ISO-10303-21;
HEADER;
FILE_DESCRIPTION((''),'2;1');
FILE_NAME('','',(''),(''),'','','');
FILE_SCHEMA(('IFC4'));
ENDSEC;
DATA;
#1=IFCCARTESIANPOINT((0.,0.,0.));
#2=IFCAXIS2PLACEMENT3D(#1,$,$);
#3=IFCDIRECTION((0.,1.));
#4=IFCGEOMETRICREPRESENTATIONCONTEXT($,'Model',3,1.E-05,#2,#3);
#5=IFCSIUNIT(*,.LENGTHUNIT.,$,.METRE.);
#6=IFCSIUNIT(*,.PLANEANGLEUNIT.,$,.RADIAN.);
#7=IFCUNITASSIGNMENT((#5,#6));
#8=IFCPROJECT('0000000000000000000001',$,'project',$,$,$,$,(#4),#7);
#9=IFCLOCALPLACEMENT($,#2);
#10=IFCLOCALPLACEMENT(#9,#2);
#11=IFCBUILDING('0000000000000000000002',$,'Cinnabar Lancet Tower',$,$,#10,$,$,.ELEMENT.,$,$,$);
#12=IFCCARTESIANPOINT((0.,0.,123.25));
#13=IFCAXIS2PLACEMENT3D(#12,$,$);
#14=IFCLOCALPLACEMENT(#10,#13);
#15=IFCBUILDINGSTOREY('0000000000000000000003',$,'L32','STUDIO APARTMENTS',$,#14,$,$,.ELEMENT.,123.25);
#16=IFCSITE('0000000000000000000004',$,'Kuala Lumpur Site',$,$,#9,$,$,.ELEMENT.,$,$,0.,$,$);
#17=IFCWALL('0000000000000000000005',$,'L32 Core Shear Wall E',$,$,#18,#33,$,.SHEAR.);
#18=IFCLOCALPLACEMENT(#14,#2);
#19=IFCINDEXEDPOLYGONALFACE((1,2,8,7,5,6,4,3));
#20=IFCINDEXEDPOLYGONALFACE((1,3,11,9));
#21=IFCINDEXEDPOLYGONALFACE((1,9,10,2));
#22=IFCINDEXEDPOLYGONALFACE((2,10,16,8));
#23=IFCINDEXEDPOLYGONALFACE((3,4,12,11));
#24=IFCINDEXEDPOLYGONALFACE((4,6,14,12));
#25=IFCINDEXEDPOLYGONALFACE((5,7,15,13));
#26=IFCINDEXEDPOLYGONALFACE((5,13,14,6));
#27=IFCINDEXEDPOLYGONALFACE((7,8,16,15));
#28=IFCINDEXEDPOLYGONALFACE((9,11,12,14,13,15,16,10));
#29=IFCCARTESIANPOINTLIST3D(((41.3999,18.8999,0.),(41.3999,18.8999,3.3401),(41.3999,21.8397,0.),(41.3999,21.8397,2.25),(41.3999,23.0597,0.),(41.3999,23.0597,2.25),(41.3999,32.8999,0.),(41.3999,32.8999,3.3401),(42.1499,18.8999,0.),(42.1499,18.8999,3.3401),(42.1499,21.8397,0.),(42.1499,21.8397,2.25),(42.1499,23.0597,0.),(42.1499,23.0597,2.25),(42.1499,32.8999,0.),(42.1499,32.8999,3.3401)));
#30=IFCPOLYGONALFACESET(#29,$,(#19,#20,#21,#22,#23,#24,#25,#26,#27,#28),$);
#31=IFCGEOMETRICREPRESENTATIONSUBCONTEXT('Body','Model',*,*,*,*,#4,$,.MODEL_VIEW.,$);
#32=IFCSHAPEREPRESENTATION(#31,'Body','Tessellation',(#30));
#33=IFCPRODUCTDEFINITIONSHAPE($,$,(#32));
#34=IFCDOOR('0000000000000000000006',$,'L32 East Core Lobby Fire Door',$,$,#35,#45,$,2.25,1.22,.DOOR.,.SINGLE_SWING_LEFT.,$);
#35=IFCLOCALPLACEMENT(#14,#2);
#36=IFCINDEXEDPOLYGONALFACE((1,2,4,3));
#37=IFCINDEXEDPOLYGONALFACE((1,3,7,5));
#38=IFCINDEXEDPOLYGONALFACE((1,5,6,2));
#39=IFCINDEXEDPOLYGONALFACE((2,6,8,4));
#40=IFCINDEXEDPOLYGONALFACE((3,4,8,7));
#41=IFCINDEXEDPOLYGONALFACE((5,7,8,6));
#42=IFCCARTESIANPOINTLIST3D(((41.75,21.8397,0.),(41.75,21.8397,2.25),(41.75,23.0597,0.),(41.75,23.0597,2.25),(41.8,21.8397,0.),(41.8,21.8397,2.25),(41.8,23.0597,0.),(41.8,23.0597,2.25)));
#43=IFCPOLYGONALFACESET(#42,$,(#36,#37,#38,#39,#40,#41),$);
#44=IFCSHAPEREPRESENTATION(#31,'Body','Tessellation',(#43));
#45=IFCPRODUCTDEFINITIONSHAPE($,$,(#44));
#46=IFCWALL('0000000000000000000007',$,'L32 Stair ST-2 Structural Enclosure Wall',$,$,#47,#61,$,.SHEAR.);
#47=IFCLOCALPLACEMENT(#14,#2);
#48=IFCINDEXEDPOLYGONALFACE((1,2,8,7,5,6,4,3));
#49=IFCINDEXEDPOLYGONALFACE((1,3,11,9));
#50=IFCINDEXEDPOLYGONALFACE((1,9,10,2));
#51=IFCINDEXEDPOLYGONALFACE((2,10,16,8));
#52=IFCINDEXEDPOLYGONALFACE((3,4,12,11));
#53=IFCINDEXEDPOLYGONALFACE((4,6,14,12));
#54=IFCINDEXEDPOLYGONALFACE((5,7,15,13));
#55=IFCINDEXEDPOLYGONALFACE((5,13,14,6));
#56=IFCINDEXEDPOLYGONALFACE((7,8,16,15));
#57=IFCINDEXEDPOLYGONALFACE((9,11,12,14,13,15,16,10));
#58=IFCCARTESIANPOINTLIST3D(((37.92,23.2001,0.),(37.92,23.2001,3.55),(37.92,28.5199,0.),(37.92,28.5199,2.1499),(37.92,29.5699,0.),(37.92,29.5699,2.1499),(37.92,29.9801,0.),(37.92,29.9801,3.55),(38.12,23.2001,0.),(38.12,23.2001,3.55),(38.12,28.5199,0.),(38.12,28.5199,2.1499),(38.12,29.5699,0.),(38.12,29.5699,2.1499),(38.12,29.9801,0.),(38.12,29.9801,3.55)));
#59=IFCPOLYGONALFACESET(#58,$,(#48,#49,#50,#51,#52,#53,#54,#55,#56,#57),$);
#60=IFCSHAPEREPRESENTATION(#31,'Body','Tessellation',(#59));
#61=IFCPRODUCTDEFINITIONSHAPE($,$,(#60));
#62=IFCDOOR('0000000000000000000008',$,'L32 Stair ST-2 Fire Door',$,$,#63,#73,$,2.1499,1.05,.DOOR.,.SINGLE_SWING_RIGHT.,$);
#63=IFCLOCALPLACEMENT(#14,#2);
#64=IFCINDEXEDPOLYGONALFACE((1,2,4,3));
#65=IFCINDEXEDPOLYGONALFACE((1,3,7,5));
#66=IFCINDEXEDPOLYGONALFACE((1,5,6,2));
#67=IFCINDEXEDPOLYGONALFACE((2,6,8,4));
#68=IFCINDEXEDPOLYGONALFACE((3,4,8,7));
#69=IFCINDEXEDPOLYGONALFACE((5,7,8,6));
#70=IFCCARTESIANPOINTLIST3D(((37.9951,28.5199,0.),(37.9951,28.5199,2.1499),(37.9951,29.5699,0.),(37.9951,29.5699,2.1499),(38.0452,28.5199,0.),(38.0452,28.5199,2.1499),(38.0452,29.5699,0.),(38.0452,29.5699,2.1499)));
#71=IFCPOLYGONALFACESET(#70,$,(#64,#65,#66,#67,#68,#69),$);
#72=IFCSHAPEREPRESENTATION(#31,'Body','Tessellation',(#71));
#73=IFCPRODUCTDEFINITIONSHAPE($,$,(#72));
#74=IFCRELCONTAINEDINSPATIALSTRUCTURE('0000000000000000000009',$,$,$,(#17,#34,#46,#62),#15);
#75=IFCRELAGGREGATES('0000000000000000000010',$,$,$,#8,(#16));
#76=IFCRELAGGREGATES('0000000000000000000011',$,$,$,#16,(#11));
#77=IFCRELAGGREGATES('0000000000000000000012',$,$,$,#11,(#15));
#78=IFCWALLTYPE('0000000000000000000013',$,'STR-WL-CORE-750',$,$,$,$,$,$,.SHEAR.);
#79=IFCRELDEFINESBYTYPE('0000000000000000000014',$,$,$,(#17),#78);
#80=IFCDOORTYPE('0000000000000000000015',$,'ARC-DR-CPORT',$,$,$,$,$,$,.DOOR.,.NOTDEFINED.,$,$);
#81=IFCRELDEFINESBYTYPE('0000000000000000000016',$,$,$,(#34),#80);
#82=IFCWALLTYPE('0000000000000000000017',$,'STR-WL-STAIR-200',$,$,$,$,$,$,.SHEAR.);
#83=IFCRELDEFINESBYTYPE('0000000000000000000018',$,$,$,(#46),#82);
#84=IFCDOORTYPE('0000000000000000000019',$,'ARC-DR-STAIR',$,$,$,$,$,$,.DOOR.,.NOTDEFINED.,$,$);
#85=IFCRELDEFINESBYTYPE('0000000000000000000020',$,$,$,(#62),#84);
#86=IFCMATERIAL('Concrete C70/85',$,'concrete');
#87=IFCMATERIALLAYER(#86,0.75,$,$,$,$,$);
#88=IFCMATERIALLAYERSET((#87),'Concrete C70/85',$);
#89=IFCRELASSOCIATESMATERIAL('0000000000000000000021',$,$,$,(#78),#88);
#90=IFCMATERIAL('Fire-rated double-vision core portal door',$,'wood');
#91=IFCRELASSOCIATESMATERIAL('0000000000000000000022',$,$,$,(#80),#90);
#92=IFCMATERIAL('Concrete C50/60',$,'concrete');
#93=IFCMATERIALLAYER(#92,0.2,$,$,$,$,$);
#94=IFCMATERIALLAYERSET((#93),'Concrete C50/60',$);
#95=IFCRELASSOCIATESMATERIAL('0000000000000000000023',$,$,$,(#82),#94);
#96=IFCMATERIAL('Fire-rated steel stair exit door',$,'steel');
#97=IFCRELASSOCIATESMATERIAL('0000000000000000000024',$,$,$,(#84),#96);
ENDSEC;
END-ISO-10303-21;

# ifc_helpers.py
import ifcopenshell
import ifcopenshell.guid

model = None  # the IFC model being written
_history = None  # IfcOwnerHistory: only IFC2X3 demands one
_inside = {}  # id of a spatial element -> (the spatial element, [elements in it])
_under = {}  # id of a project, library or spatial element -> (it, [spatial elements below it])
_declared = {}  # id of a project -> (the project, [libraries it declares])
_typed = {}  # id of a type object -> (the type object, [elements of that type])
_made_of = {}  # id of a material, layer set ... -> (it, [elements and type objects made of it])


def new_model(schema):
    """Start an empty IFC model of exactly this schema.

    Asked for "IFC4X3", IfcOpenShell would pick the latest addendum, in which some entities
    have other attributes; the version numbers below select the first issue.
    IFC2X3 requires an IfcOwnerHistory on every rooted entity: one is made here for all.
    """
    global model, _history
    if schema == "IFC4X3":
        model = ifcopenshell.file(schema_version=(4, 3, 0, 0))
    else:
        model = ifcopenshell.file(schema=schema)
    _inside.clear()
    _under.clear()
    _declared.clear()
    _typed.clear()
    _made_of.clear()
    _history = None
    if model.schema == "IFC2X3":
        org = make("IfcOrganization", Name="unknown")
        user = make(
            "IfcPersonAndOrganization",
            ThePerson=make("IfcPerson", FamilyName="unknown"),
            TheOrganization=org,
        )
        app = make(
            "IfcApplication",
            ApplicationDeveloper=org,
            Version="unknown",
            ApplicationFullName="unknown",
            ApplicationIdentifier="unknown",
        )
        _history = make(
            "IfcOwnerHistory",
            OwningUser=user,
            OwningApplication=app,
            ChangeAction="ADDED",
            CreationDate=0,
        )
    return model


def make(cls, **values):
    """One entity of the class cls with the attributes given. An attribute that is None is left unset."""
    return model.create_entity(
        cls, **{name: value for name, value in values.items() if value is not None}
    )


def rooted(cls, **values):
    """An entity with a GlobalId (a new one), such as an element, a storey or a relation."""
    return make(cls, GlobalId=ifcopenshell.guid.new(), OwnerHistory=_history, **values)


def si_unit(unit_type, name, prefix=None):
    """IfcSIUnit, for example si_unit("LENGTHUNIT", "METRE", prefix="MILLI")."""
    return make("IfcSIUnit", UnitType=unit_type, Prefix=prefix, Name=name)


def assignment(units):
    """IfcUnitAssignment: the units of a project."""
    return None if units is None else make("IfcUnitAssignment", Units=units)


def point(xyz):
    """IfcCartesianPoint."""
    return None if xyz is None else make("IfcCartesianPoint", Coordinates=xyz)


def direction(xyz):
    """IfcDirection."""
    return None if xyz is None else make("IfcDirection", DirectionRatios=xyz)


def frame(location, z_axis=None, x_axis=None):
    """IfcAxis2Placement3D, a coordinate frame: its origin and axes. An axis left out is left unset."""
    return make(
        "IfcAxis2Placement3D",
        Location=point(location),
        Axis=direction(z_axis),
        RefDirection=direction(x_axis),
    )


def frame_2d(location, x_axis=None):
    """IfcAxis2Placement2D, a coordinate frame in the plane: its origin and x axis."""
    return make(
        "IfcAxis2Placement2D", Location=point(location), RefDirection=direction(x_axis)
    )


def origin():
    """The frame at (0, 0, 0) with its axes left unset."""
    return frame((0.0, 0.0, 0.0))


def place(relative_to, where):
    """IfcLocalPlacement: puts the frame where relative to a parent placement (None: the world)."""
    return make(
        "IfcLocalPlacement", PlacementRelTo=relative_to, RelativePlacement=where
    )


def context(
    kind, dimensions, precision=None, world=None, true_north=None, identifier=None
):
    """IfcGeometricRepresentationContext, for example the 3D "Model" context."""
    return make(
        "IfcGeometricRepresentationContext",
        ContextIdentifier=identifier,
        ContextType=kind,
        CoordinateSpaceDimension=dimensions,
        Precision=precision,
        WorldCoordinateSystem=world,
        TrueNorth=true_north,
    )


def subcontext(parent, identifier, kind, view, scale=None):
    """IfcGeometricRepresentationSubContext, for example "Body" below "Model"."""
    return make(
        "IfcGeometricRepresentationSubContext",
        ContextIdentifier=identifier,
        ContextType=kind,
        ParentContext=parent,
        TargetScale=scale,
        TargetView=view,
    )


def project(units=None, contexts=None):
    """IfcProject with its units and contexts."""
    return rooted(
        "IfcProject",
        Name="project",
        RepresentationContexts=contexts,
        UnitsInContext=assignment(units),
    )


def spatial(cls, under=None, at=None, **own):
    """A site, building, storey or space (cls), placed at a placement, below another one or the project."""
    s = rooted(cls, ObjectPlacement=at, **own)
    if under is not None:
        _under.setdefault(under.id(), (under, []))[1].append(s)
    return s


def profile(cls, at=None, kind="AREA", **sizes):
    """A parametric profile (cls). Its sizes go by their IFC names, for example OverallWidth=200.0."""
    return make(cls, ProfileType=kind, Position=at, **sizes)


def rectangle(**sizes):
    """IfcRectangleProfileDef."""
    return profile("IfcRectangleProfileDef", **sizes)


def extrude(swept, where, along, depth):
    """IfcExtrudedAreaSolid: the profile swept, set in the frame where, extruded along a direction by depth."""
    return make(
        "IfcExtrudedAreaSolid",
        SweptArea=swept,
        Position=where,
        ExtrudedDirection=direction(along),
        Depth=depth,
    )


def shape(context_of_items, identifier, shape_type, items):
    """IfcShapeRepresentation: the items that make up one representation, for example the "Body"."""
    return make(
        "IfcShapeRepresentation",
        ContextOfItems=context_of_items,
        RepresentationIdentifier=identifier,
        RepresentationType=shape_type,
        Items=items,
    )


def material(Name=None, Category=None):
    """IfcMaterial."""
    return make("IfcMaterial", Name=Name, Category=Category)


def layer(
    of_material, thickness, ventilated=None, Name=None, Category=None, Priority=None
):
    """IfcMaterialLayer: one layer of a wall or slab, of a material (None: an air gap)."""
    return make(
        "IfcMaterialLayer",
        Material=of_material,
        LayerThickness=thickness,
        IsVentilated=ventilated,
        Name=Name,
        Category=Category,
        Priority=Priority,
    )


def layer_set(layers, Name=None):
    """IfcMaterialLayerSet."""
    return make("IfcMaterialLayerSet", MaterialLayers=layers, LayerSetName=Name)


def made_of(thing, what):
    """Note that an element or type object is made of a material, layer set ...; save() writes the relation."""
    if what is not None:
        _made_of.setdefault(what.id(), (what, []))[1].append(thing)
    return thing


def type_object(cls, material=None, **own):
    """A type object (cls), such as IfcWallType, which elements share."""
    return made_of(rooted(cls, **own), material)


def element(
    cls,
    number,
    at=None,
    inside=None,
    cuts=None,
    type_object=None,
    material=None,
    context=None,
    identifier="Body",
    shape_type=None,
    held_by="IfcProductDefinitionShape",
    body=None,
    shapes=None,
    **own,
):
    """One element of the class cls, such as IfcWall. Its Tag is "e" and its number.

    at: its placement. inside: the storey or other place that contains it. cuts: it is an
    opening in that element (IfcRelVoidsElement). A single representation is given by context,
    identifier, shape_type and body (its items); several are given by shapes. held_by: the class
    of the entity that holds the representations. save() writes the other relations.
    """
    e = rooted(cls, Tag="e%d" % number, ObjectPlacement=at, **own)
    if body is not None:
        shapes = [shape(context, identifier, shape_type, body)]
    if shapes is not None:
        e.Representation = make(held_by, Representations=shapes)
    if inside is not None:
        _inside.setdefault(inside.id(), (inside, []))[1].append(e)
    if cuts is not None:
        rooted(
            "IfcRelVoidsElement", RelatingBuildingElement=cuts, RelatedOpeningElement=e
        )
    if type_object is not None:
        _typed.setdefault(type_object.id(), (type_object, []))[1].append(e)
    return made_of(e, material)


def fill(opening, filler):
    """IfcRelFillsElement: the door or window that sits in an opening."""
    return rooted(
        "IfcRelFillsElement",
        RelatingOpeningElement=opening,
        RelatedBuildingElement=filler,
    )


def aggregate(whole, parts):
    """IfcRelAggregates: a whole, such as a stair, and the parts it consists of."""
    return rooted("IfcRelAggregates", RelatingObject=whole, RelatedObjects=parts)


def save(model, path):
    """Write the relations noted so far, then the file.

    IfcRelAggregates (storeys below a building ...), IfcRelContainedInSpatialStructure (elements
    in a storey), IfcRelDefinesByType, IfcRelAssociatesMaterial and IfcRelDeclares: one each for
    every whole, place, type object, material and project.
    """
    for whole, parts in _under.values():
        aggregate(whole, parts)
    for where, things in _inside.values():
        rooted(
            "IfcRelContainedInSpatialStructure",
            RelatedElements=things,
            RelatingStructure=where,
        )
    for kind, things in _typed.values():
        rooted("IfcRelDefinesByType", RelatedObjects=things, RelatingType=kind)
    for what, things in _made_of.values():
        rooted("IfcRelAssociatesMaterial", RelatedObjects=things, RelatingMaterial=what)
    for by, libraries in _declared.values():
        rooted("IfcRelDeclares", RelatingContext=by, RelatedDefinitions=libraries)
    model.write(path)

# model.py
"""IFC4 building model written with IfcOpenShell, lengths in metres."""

from ifc_helpers import new_model, si_unit, direction, frame, frame_2d, origin, place, context, subcontext, project, spatial, rectangle, extrude, material, layer, layer_set, type_object, element, fill, save


model = new_model("IFC4")

# Units and contexts
model_context = context("Model", 3, precision=1e-05, world=origin(), true_north=direction((0.0, 1.0)))
body_context = subcontext(model_context, "Body", "Model", "MODEL_VIEW")
ifc_project = project(units=[si_unit("LENGTHUNIT", "METRE"), si_unit("PLANEANGLEUNIT", "RADIAN")], contexts=[model_context])

# Site, building, storey
site_placement = place(None, origin())
site = spatial("IfcSite", under=ifc_project, at=site_placement, Name="Kuala Lumpur Site", CompositionType="ELEMENT", RefElevation=0.0)
building_placement = place(site_placement, origin())
building = spatial("IfcBuilding", under=site, at=building_placement, Name="Cinnabar Lancet Tower", CompositionType="ELEMENT")
storey_placement = place(building_placement, frame((0.0, 0.0, 123.25)))
storey = spatial("IfcBuildingStorey", under=building, at=storey_placement, Name="L32", Description="STUDIO APARTMENTS", CompositionType="ELEMENT", Elevation=123.25)

# Walls, openings, doors
ifc_material_1 = material(Name="Concrete C70/85", Category="concrete")
ifc_layer_1 = layer(ifc_material_1, 0.75)
ifc_layer_set_1 = layer_set([ifc_layer_1], Name="Concrete C70/85")
wall_type_1 = type_object("IfcWallType", Name="STR-WL-CORE-750", PredefinedType="SHEAR", material=ifc_layer_set_1)
wall_1_placement = place(storey_placement, frame((41.7749, 18.8999, 0.0), z_axis=(0.0, 0.0, 1.0), x_axis=(0.0, 1.0, 0.0)))
wall_1 = element("IfcWall", 1, at=wall_1_placement, inside=storey, type_object=wall_type_1, Name="L32 Core Shear Wall E", PredefinedType="SHEAR", context=body_context, shape_type="SweptSolid", body=[
    extrude(rectangle(XDim=14.0, YDim=0.75, at=frame_2d((7.0, 0.0))), origin(), (0.0, 0.0, 1.0), 3.3401),
])
opening_1_placement = place(wall_1_placement, frame((2.9399, 0.0, 0.0)))
opening_1 = element("IfcOpeningElement", 2, at=opening_1_placement, cuts=wall_1, PredefinedType="OPENING", context=body_context, shape_type="SweptSolid", body=[
    extrude(rectangle(XDim=1.22, YDim=2.25, at=frame_2d((0.6099, 1.125))), frame((0.0, 0.385, 0.0), z_axis=(0.0, -1.0, 0.0), x_axis=(1.0, 0.0, 0.0)), (0.0, 0.0, 1.0), 0.77),
])
ifc_material_2 = material(Name="Fire-rated double-vision core portal door", Category="wood")
door_type_1 = type_object("IfcDoorType", Name="ARC-DR-CPORT", OperationType="NOTDEFINED", PredefinedType="DOOR", material=ifc_material_2)
door_1_placement = place(opening_1_placement, origin())
door_1 = element("IfcDoor", 3, at=door_1_placement, inside=storey, type_object=door_type_1, Name="L32 East Core Lobby Fire Door", OperationType="SINGLE_SWING_LEFT", OverallHeight=2.25, OverallWidth=1.22, PredefinedType="DOOR", context=body_context, shape_type="SweptSolid", body=[
    extrude(rectangle(XDim=1.22, YDim=2.25, at=frame_2d((0.6099, 1.125))), frame((0.0, 0.0249, 0.0), z_axis=(0.0, -1.0, 0.0), x_axis=(1.0, 0.0, 0.0)), (0.0, 0.0, 1.0), 0.05),
])
fill(opening_1, door_1)
ifc_material_3 = material(Name="Concrete C50/60", Category="concrete")
ifc_layer_2 = layer(ifc_material_3, 0.2)
ifc_layer_set_2 = layer_set([ifc_layer_2], Name="Concrete C50/60")
wall_type_2 = type_object("IfcWallType", Name="STR-WL-STAIR-200", PredefinedType="SHEAR", material=ifc_layer_set_2)
wall_2_placement = place(storey_placement, frame((38.02, 23.2, 0.0), z_axis=(0.0, 0.0, 1.0), x_axis=(0.0, 1.0, 0.0)))
wall_2 = element("IfcWall", 4, at=wall_2_placement, inside=storey, type_object=wall_type_2, Name="L32 Stair ST-2 Structural Enclosure Wall", PredefinedType="SHEAR", context=body_context, shape_type="SweptSolid", body=[
    extrude(rectangle(XDim=6.78, YDim=0.2, at=frame_2d((3.3901, 0.0))), origin(), (0.0, 0.0, 1.0), 3.55),
])
opening_2_placement = place(wall_2_placement, frame((5.3201, 0.0, 0.0)))
opening_2 = element("IfcOpeningElement", 5, at=opening_2_placement, cuts=wall_2, PredefinedType="OPENING", context=body_context, shape_type="SweptSolid", body=[
    extrude(rectangle(XDim=1.05, YDim=2.1499, at=frame_2d((0.5249, 1.075))), frame((0.0, 0.1099, 0.0), z_axis=(0.0, -1.0, 0.0), x_axis=(1.0, 0.0, 0.0)), (0.0, 0.0, 1.0), 0.22),
])
ifc_material_4 = material(Name="Fire-rated steel stair exit door", Category="steel")
door_type_2 = type_object("IfcDoorType", Name="ARC-DR-STAIR", OperationType="NOTDEFINED", PredefinedType="DOOR", material=ifc_material_4)
door_2_placement = place(opening_2_placement, origin())
door_2 = element("IfcDoor", 6, at=door_2_placement, inside=storey, type_object=door_type_2, Name="L32 Stair ST-2 Fire Door", OperationType="SINGLE_SWING_RIGHT", OverallHeight=2.1499, OverallWidth=1.05, PredefinedType="DOOR", context=body_context, shape_type="SweptSolid", body=[
    extrude(rectangle(XDim=1.05, YDim=2.1499, at=frame_2d((0.5249, 1.075))), frame((0.0, 0.0249, 0.0), z_axis=(0.0, -1.0, 0.0), x_axis=(1.0, 0.0, 0.0)), (0.0, 0.0, 1.0), 0.05),
])
fill(opening_2, door_2)

save(model, "model.ifc")
